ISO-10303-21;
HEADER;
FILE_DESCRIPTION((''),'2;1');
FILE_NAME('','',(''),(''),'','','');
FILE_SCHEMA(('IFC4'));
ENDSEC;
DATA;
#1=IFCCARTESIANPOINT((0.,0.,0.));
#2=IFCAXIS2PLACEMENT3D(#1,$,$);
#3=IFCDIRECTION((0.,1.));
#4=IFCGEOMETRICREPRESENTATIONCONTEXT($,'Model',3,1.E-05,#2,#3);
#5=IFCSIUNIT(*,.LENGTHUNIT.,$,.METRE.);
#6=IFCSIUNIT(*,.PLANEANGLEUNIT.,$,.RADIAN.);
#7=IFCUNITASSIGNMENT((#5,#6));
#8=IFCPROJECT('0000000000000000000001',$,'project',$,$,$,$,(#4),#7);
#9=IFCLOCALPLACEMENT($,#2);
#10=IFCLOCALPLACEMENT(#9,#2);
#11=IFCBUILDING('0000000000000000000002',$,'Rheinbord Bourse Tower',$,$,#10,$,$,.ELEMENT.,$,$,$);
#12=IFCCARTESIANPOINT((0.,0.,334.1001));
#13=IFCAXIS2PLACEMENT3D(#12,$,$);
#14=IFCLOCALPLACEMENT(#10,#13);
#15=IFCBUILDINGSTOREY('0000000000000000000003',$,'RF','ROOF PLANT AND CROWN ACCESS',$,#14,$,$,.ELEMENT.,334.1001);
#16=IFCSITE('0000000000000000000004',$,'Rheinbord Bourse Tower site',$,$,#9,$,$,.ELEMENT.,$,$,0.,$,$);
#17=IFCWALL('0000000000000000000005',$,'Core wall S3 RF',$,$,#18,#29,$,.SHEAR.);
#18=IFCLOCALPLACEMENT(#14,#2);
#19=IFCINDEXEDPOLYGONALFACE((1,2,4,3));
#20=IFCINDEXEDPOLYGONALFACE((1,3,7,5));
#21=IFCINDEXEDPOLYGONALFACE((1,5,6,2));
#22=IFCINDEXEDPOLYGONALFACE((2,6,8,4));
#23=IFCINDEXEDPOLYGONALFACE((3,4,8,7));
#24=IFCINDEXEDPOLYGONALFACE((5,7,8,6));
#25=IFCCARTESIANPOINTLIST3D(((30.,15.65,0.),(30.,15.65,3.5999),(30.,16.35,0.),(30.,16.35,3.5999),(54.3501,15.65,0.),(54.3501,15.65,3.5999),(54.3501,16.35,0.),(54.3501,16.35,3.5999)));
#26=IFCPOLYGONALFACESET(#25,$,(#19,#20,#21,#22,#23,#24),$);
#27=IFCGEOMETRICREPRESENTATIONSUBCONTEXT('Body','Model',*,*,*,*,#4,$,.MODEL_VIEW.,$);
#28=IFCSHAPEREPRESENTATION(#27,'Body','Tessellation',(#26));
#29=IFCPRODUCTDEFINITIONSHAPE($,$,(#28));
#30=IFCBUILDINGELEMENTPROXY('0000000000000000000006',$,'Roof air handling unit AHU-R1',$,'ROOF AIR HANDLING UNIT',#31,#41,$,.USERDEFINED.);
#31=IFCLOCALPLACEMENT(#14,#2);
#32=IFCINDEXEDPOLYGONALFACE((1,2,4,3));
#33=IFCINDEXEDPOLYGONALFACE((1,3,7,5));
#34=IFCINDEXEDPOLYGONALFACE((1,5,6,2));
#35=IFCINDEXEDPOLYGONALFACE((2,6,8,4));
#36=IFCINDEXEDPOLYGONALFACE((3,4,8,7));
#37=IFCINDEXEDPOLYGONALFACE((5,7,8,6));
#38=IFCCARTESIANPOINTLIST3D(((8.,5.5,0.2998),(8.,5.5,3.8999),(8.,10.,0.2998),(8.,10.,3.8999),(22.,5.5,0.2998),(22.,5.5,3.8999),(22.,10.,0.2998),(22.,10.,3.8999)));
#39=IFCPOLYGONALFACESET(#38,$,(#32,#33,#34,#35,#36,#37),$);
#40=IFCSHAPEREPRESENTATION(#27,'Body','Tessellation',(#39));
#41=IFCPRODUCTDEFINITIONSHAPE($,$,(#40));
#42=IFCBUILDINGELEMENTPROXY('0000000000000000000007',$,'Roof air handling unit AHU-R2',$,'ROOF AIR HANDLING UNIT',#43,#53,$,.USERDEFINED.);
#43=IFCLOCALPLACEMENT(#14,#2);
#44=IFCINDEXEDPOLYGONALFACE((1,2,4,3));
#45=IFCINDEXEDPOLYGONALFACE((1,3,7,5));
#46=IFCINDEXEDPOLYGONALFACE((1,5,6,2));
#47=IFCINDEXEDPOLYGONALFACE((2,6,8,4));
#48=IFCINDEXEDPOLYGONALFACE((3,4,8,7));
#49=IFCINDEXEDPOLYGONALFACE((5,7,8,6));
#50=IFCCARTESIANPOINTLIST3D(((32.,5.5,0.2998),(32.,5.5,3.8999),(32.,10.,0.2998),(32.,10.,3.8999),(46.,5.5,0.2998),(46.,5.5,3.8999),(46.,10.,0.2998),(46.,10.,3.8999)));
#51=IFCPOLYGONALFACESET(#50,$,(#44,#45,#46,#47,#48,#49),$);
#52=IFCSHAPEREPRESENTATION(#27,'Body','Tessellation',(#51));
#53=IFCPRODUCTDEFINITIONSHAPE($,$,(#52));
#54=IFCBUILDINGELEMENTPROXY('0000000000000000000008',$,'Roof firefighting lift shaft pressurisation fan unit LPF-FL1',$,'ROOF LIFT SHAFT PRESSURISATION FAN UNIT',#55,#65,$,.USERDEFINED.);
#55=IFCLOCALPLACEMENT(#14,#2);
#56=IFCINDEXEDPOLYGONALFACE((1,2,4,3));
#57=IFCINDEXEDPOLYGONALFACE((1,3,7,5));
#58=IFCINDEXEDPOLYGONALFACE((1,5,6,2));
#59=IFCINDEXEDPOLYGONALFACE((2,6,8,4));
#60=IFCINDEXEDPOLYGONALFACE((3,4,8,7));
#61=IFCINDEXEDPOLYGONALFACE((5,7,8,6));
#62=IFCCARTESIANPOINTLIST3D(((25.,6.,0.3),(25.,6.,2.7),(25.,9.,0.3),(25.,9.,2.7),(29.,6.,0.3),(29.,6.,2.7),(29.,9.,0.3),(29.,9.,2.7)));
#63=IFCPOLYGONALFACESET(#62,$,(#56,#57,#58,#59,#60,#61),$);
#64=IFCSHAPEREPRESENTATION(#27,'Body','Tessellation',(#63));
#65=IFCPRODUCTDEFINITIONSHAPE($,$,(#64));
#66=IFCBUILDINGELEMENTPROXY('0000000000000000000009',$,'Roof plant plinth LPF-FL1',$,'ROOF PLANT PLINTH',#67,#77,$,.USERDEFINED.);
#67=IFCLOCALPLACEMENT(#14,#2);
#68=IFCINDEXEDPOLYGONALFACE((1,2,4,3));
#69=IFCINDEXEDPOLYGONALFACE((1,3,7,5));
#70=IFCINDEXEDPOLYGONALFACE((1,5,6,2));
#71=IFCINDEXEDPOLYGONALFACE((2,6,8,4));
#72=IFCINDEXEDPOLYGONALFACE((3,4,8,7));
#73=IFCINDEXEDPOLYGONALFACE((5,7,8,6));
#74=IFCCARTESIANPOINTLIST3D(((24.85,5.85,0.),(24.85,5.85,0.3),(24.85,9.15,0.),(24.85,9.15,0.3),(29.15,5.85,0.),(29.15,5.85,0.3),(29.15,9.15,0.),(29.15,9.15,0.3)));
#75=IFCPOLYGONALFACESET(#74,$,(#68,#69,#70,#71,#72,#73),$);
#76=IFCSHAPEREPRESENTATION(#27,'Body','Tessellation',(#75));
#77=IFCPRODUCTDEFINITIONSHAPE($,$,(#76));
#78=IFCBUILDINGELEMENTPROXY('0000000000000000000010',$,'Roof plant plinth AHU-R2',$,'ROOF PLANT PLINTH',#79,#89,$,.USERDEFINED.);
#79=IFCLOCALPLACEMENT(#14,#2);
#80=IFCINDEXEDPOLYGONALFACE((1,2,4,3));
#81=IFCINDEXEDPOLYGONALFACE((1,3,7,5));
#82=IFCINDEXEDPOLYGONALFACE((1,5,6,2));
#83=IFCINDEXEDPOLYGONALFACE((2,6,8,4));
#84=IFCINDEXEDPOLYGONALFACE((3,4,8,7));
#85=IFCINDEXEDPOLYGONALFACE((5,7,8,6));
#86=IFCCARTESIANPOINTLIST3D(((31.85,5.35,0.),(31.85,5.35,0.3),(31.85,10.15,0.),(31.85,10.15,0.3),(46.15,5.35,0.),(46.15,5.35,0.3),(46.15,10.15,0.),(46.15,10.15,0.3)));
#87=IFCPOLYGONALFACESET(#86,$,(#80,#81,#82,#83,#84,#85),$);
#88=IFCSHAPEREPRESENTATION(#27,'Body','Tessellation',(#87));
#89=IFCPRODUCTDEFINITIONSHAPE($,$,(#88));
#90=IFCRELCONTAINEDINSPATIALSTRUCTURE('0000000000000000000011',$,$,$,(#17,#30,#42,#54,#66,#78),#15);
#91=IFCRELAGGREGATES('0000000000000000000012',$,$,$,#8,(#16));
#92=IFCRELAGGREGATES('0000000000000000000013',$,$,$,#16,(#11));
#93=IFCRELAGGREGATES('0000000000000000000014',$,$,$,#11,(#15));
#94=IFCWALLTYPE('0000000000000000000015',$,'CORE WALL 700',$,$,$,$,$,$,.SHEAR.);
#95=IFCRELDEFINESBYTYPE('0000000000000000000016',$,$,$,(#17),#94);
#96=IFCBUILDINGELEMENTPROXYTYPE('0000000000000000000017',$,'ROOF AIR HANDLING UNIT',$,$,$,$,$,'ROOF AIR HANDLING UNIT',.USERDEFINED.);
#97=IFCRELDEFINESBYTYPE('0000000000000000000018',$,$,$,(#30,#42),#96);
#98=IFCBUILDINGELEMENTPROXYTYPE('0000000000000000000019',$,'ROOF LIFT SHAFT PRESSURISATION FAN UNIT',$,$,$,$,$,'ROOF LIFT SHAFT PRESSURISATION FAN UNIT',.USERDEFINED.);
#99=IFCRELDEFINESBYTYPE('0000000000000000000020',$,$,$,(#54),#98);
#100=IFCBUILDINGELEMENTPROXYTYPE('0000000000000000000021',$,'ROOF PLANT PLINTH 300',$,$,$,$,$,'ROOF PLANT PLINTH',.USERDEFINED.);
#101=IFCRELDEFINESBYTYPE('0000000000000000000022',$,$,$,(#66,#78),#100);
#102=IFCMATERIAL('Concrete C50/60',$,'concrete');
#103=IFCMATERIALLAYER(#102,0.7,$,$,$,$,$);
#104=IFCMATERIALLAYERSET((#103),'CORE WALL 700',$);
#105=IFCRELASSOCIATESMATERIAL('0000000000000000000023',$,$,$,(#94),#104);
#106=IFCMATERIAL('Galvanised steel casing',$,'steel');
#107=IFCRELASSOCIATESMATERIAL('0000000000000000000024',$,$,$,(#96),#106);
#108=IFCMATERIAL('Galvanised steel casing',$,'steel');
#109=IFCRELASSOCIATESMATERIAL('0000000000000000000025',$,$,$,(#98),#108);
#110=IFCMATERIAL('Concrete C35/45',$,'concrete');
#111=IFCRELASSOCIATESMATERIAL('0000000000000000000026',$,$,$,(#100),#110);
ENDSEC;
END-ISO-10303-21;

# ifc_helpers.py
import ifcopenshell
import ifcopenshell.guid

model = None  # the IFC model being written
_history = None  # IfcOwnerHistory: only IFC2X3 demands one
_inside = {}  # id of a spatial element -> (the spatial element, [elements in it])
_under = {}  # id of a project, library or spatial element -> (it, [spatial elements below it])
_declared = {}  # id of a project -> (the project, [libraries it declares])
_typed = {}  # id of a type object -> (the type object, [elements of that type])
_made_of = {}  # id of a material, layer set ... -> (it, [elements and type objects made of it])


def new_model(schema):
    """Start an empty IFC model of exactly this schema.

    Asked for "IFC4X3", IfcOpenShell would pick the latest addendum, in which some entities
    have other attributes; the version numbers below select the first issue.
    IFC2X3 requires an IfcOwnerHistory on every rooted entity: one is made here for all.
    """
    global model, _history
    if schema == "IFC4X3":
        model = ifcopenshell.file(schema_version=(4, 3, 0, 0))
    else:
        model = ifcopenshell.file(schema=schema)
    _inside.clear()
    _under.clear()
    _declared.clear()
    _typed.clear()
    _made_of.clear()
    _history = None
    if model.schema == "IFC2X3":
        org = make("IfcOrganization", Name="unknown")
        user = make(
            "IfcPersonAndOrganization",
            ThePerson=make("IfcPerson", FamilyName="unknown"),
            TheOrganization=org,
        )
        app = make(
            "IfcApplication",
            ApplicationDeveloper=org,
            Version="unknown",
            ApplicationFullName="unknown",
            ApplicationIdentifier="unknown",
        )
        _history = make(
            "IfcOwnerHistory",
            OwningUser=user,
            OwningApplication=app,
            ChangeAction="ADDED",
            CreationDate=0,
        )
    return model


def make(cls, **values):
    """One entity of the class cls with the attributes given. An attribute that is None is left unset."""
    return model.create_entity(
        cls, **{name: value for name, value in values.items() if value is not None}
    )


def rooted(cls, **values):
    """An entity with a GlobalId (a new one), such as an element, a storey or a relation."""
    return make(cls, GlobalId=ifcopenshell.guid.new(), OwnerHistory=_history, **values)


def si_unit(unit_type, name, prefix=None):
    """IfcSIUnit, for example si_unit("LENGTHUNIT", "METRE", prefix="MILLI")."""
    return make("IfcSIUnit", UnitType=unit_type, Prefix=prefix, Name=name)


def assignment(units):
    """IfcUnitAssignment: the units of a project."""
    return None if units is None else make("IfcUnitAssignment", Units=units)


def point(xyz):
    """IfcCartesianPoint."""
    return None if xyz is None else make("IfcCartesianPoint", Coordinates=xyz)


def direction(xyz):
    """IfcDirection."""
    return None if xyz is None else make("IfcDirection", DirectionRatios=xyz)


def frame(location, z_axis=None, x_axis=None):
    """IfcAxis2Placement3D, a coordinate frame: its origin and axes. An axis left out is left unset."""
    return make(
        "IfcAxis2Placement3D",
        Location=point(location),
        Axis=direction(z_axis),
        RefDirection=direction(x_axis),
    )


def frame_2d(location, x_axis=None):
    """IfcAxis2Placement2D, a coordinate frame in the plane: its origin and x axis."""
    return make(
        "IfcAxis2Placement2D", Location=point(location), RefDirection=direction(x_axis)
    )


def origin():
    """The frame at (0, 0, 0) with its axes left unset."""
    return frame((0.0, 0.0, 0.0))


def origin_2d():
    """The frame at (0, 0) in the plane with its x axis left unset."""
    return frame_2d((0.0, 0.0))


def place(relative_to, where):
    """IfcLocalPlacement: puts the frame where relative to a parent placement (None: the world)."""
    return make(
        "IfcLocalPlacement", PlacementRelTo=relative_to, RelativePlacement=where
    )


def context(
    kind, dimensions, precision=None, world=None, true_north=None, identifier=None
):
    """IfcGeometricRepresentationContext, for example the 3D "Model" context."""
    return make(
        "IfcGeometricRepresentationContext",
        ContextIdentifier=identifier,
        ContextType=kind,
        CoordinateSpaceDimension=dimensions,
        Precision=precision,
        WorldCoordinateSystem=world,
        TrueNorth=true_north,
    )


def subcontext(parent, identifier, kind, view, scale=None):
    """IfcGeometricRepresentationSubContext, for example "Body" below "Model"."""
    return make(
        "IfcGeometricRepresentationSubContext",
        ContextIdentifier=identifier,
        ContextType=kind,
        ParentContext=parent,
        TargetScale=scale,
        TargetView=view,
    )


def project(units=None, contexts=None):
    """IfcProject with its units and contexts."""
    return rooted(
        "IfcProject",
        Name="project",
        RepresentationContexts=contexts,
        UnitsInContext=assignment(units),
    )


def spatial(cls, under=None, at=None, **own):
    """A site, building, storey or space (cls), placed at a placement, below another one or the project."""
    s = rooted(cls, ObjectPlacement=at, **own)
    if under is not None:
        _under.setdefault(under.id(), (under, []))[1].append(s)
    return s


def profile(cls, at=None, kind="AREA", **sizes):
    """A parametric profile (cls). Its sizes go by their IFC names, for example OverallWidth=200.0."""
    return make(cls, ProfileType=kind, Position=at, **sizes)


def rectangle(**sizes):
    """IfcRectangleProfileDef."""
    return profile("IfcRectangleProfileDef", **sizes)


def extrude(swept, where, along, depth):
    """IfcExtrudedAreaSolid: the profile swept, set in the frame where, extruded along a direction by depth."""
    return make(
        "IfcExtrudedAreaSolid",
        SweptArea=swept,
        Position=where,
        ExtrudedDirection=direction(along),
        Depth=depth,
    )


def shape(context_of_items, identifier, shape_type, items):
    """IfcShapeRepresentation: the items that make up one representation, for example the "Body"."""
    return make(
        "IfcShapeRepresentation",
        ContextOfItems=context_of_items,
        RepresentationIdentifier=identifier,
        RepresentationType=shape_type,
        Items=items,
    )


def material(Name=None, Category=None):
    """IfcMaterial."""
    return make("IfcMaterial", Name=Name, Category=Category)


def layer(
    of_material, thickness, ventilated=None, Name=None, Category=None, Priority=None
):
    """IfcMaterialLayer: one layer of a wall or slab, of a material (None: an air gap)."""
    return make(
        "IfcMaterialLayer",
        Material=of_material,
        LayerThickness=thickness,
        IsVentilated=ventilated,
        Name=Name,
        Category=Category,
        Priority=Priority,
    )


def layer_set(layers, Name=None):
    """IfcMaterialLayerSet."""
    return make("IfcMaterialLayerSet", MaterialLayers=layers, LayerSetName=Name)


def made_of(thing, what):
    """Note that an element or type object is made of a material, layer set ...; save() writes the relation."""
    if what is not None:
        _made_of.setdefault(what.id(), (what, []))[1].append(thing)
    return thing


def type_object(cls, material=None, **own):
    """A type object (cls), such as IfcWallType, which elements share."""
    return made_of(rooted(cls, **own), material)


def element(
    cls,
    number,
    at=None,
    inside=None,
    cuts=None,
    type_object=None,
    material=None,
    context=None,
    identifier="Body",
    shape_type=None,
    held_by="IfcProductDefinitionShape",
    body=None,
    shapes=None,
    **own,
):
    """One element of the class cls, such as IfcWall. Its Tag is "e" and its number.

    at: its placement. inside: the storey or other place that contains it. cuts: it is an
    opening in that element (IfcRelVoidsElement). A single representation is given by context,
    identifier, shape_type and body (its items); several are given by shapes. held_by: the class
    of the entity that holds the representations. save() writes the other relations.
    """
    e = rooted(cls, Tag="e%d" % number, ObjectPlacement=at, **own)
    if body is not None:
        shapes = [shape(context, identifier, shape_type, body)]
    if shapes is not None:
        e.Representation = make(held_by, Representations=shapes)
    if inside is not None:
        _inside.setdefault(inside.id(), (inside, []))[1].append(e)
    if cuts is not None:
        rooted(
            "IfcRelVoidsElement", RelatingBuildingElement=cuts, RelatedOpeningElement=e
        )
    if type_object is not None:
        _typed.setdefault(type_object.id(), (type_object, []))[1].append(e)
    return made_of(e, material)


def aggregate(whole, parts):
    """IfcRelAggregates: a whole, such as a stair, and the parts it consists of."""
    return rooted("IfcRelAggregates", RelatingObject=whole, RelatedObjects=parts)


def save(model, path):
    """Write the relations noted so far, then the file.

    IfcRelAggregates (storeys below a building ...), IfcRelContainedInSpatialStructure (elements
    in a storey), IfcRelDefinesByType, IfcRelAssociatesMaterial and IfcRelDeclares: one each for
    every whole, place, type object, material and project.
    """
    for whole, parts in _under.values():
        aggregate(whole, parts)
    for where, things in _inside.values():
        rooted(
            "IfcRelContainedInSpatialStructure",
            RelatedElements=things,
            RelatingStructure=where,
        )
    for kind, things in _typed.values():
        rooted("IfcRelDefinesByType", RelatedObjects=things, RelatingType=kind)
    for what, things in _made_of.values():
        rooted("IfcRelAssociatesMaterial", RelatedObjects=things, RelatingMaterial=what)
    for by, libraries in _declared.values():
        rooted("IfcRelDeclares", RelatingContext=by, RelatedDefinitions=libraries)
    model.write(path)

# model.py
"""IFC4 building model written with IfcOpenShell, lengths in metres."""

from ifc_helpers import new_model, si_unit, direction, frame, frame_2d, origin, origin_2d, place, context, subcontext, project, spatial, rectangle, extrude, material, layer, layer_set, type_object, element, save


model = new_model("IFC4")

# Units and contexts
model_context = context("Model", 3, precision=1e-05, world=origin(), true_north=direction((0.0, 1.0)))
body_context = subcontext(model_context, "Body", "Model", "MODEL_VIEW")
ifc_project = project(units=[si_unit("LENGTHUNIT", "METRE"), si_unit("PLANEANGLEUNIT", "RADIAN")], contexts=[model_context])

# Site, building, storey
site_placement = place(None, origin())
site = spatial("IfcSite", under=ifc_project, at=site_placement, Name="Rheinbord Bourse Tower site", CompositionType="ELEMENT", RefElevation=0.0)
building_placement = place(site_placement, origin())
building = spatial("IfcBuilding", under=site, at=building_placement, Name="Rheinbord Bourse Tower", CompositionType="ELEMENT")
storey_placement = place(building_placement, frame((0.0, 0.0, 334.1001)))
storey = spatial("IfcBuildingStorey", under=building, at=storey_placement, Name="RF", Description="ROOF PLANT AND CROWN ACCESS", CompositionType="ELEMENT", Elevation=334.1001)

# Wall
ifc_material_1 = material(Name="Concrete C50/60", Category="concrete")
ifc_layer_1 = layer(ifc_material_1, 0.7)
ifc_layer_set_1 = layer_set([ifc_layer_1], Name="CORE WALL 700")
wall_type_1 = type_object("IfcWallType", Name="CORE WALL 700", PredefinedType="SHEAR", material=ifc_layer_set_1)
wall_1_placement = place(storey_placement, frame((30.0, 16.0, 0.0), z_axis=(0.0, 0.0, 1.0), x_axis=(1.0, 0.0, 0.0)))
element("IfcWall", 1, at=wall_1_placement, inside=storey, type_object=wall_type_1, Name="Core wall S3 RF", PredefinedType="SHEAR", context=body_context, shape_type="SweptSolid", body=[
    extrude(rectangle(XDim=24.3501, YDim=0.7, at=frame_2d((12.175, 0.0))), origin(), (0.0, 0.0, 1.0), 3.5999),
])

# Building element proxies
ifc_material_2 = material(Name="Galvanised steel casing", Category="steel")
building_element_proxy_type_1 = type_object("IfcBuildingElementProxyType", Name="ROOF AIR HANDLING UNIT", ElementType="ROOF AIR HANDLING UNIT", PredefinedType="USERDEFINED", material=ifc_material_2)
for number, where, z_axis, x_axis, name in (
    (2, (15.0, 7.75, 0.2998), (0.0, 0.0, 1.0), (1.0, 0.0, 0.0), "Roof air handling unit AHU-R1"),
    (3, (39.0, 7.75, 0.2998), (0.0, 0.0, 1.0), (1.0, 0.0, 0.0), "Roof air handling unit AHU-R2"),
):
    element("IfcBuildingElementProxy", number, at=place(storey_placement, frame(where, z_axis=z_axis, x_axis=x_axis)), inside=storey, type_object=building_element_proxy_type_1, Name=name, ObjectType="ROOF AIR HANDLING UNIT", PredefinedType="USERDEFINED", context=body_context, shape_type="SweptSolid", body=[
        extrude(rectangle(XDim=14.0, YDim=4.5, at=origin_2d()), origin(), (0.0, 0.0, 1.0), 3.6001),
    ])
ifc_material_3 = material(Name="Galvanised steel casing", Category="steel")
building_element_proxy_type_2 = type_object("IfcBuildingElementProxyType", Name="ROOF LIFT SHAFT PRESSURISATION FAN UNIT", ElementType="ROOF LIFT SHAFT PRESSURISATION FAN UNIT", PredefinedType="USERDEFINED", material=ifc_material_3)
proxy_1_placement = place(storey_placement, frame((27.0, 7.5, 0.3), z_axis=(0.0, 0.0, 1.0), x_axis=(1.0, 0.0, 0.0)))
element("IfcBuildingElementProxy", 4, at=proxy_1_placement, inside=storey, type_object=building_element_proxy_type_2, Name="Roof firefighting lift shaft pressurisation fan unit LPF-FL1", ObjectType="ROOF LIFT SHAFT PRESSURISATION FAN UNIT", PredefinedType="USERDEFINED", context=body_context, shape_type="SweptSolid", body=[
    extrude(rectangle(XDim=4.0, YDim=3.0, at=origin_2d()), origin(), (0.0, 0.0, 1.0), 2.3999),
])
ifc_material_4 = material(Name="Concrete C35/45", Category="concrete")
building_element_proxy_type_3 = type_object("IfcBuildingElementProxyType", Name="ROOF PLANT PLINTH 300", ElementType="ROOF PLANT PLINTH", PredefinedType="USERDEFINED", material=ifc_material_4)
proxy_2_placement = place(storey_placement, frame((27.0, 7.5, 0.0), z_axis=(0.0, 0.0, 1.0), x_axis=(1.0, 0.0, 0.0)))
element("IfcBuildingElementProxy", 5, at=proxy_2_placement, inside=storey, type_object=building_element_proxy_type_3, Name="Roof plant plinth LPF-FL1", ObjectType="ROOF PLANT PLINTH", PredefinedType="USERDEFINED", context=body_context, shape_type="SweptSolid", body=[
    extrude(rectangle(XDim=4.3, YDim=3.3, at=origin_2d()), origin(), (0.0, 0.0, 1.0), 0.3),
])
proxy_3_placement = place(storey_placement, frame((39.0, 7.75, 0.0), z_axis=(0.0, 0.0, 1.0), x_axis=(1.0, 0.0, 0.0)))
element("IfcBuildingElementProxy", 6, at=proxy_3_placement, inside=storey, type_object=building_element_proxy_type_3, Name="Roof plant plinth AHU-R2", ObjectType="ROOF PLANT PLINTH", PredefinedType="USERDEFINED", context=body_context, shape_type="SweptSolid", body=[
    extrude(rectangle(XDim=14.3, YDim=4.8, at=origin_2d()), origin(), (0.0, 0.0, 1.0), 0.3),
])

save(model, "model.ifc")
